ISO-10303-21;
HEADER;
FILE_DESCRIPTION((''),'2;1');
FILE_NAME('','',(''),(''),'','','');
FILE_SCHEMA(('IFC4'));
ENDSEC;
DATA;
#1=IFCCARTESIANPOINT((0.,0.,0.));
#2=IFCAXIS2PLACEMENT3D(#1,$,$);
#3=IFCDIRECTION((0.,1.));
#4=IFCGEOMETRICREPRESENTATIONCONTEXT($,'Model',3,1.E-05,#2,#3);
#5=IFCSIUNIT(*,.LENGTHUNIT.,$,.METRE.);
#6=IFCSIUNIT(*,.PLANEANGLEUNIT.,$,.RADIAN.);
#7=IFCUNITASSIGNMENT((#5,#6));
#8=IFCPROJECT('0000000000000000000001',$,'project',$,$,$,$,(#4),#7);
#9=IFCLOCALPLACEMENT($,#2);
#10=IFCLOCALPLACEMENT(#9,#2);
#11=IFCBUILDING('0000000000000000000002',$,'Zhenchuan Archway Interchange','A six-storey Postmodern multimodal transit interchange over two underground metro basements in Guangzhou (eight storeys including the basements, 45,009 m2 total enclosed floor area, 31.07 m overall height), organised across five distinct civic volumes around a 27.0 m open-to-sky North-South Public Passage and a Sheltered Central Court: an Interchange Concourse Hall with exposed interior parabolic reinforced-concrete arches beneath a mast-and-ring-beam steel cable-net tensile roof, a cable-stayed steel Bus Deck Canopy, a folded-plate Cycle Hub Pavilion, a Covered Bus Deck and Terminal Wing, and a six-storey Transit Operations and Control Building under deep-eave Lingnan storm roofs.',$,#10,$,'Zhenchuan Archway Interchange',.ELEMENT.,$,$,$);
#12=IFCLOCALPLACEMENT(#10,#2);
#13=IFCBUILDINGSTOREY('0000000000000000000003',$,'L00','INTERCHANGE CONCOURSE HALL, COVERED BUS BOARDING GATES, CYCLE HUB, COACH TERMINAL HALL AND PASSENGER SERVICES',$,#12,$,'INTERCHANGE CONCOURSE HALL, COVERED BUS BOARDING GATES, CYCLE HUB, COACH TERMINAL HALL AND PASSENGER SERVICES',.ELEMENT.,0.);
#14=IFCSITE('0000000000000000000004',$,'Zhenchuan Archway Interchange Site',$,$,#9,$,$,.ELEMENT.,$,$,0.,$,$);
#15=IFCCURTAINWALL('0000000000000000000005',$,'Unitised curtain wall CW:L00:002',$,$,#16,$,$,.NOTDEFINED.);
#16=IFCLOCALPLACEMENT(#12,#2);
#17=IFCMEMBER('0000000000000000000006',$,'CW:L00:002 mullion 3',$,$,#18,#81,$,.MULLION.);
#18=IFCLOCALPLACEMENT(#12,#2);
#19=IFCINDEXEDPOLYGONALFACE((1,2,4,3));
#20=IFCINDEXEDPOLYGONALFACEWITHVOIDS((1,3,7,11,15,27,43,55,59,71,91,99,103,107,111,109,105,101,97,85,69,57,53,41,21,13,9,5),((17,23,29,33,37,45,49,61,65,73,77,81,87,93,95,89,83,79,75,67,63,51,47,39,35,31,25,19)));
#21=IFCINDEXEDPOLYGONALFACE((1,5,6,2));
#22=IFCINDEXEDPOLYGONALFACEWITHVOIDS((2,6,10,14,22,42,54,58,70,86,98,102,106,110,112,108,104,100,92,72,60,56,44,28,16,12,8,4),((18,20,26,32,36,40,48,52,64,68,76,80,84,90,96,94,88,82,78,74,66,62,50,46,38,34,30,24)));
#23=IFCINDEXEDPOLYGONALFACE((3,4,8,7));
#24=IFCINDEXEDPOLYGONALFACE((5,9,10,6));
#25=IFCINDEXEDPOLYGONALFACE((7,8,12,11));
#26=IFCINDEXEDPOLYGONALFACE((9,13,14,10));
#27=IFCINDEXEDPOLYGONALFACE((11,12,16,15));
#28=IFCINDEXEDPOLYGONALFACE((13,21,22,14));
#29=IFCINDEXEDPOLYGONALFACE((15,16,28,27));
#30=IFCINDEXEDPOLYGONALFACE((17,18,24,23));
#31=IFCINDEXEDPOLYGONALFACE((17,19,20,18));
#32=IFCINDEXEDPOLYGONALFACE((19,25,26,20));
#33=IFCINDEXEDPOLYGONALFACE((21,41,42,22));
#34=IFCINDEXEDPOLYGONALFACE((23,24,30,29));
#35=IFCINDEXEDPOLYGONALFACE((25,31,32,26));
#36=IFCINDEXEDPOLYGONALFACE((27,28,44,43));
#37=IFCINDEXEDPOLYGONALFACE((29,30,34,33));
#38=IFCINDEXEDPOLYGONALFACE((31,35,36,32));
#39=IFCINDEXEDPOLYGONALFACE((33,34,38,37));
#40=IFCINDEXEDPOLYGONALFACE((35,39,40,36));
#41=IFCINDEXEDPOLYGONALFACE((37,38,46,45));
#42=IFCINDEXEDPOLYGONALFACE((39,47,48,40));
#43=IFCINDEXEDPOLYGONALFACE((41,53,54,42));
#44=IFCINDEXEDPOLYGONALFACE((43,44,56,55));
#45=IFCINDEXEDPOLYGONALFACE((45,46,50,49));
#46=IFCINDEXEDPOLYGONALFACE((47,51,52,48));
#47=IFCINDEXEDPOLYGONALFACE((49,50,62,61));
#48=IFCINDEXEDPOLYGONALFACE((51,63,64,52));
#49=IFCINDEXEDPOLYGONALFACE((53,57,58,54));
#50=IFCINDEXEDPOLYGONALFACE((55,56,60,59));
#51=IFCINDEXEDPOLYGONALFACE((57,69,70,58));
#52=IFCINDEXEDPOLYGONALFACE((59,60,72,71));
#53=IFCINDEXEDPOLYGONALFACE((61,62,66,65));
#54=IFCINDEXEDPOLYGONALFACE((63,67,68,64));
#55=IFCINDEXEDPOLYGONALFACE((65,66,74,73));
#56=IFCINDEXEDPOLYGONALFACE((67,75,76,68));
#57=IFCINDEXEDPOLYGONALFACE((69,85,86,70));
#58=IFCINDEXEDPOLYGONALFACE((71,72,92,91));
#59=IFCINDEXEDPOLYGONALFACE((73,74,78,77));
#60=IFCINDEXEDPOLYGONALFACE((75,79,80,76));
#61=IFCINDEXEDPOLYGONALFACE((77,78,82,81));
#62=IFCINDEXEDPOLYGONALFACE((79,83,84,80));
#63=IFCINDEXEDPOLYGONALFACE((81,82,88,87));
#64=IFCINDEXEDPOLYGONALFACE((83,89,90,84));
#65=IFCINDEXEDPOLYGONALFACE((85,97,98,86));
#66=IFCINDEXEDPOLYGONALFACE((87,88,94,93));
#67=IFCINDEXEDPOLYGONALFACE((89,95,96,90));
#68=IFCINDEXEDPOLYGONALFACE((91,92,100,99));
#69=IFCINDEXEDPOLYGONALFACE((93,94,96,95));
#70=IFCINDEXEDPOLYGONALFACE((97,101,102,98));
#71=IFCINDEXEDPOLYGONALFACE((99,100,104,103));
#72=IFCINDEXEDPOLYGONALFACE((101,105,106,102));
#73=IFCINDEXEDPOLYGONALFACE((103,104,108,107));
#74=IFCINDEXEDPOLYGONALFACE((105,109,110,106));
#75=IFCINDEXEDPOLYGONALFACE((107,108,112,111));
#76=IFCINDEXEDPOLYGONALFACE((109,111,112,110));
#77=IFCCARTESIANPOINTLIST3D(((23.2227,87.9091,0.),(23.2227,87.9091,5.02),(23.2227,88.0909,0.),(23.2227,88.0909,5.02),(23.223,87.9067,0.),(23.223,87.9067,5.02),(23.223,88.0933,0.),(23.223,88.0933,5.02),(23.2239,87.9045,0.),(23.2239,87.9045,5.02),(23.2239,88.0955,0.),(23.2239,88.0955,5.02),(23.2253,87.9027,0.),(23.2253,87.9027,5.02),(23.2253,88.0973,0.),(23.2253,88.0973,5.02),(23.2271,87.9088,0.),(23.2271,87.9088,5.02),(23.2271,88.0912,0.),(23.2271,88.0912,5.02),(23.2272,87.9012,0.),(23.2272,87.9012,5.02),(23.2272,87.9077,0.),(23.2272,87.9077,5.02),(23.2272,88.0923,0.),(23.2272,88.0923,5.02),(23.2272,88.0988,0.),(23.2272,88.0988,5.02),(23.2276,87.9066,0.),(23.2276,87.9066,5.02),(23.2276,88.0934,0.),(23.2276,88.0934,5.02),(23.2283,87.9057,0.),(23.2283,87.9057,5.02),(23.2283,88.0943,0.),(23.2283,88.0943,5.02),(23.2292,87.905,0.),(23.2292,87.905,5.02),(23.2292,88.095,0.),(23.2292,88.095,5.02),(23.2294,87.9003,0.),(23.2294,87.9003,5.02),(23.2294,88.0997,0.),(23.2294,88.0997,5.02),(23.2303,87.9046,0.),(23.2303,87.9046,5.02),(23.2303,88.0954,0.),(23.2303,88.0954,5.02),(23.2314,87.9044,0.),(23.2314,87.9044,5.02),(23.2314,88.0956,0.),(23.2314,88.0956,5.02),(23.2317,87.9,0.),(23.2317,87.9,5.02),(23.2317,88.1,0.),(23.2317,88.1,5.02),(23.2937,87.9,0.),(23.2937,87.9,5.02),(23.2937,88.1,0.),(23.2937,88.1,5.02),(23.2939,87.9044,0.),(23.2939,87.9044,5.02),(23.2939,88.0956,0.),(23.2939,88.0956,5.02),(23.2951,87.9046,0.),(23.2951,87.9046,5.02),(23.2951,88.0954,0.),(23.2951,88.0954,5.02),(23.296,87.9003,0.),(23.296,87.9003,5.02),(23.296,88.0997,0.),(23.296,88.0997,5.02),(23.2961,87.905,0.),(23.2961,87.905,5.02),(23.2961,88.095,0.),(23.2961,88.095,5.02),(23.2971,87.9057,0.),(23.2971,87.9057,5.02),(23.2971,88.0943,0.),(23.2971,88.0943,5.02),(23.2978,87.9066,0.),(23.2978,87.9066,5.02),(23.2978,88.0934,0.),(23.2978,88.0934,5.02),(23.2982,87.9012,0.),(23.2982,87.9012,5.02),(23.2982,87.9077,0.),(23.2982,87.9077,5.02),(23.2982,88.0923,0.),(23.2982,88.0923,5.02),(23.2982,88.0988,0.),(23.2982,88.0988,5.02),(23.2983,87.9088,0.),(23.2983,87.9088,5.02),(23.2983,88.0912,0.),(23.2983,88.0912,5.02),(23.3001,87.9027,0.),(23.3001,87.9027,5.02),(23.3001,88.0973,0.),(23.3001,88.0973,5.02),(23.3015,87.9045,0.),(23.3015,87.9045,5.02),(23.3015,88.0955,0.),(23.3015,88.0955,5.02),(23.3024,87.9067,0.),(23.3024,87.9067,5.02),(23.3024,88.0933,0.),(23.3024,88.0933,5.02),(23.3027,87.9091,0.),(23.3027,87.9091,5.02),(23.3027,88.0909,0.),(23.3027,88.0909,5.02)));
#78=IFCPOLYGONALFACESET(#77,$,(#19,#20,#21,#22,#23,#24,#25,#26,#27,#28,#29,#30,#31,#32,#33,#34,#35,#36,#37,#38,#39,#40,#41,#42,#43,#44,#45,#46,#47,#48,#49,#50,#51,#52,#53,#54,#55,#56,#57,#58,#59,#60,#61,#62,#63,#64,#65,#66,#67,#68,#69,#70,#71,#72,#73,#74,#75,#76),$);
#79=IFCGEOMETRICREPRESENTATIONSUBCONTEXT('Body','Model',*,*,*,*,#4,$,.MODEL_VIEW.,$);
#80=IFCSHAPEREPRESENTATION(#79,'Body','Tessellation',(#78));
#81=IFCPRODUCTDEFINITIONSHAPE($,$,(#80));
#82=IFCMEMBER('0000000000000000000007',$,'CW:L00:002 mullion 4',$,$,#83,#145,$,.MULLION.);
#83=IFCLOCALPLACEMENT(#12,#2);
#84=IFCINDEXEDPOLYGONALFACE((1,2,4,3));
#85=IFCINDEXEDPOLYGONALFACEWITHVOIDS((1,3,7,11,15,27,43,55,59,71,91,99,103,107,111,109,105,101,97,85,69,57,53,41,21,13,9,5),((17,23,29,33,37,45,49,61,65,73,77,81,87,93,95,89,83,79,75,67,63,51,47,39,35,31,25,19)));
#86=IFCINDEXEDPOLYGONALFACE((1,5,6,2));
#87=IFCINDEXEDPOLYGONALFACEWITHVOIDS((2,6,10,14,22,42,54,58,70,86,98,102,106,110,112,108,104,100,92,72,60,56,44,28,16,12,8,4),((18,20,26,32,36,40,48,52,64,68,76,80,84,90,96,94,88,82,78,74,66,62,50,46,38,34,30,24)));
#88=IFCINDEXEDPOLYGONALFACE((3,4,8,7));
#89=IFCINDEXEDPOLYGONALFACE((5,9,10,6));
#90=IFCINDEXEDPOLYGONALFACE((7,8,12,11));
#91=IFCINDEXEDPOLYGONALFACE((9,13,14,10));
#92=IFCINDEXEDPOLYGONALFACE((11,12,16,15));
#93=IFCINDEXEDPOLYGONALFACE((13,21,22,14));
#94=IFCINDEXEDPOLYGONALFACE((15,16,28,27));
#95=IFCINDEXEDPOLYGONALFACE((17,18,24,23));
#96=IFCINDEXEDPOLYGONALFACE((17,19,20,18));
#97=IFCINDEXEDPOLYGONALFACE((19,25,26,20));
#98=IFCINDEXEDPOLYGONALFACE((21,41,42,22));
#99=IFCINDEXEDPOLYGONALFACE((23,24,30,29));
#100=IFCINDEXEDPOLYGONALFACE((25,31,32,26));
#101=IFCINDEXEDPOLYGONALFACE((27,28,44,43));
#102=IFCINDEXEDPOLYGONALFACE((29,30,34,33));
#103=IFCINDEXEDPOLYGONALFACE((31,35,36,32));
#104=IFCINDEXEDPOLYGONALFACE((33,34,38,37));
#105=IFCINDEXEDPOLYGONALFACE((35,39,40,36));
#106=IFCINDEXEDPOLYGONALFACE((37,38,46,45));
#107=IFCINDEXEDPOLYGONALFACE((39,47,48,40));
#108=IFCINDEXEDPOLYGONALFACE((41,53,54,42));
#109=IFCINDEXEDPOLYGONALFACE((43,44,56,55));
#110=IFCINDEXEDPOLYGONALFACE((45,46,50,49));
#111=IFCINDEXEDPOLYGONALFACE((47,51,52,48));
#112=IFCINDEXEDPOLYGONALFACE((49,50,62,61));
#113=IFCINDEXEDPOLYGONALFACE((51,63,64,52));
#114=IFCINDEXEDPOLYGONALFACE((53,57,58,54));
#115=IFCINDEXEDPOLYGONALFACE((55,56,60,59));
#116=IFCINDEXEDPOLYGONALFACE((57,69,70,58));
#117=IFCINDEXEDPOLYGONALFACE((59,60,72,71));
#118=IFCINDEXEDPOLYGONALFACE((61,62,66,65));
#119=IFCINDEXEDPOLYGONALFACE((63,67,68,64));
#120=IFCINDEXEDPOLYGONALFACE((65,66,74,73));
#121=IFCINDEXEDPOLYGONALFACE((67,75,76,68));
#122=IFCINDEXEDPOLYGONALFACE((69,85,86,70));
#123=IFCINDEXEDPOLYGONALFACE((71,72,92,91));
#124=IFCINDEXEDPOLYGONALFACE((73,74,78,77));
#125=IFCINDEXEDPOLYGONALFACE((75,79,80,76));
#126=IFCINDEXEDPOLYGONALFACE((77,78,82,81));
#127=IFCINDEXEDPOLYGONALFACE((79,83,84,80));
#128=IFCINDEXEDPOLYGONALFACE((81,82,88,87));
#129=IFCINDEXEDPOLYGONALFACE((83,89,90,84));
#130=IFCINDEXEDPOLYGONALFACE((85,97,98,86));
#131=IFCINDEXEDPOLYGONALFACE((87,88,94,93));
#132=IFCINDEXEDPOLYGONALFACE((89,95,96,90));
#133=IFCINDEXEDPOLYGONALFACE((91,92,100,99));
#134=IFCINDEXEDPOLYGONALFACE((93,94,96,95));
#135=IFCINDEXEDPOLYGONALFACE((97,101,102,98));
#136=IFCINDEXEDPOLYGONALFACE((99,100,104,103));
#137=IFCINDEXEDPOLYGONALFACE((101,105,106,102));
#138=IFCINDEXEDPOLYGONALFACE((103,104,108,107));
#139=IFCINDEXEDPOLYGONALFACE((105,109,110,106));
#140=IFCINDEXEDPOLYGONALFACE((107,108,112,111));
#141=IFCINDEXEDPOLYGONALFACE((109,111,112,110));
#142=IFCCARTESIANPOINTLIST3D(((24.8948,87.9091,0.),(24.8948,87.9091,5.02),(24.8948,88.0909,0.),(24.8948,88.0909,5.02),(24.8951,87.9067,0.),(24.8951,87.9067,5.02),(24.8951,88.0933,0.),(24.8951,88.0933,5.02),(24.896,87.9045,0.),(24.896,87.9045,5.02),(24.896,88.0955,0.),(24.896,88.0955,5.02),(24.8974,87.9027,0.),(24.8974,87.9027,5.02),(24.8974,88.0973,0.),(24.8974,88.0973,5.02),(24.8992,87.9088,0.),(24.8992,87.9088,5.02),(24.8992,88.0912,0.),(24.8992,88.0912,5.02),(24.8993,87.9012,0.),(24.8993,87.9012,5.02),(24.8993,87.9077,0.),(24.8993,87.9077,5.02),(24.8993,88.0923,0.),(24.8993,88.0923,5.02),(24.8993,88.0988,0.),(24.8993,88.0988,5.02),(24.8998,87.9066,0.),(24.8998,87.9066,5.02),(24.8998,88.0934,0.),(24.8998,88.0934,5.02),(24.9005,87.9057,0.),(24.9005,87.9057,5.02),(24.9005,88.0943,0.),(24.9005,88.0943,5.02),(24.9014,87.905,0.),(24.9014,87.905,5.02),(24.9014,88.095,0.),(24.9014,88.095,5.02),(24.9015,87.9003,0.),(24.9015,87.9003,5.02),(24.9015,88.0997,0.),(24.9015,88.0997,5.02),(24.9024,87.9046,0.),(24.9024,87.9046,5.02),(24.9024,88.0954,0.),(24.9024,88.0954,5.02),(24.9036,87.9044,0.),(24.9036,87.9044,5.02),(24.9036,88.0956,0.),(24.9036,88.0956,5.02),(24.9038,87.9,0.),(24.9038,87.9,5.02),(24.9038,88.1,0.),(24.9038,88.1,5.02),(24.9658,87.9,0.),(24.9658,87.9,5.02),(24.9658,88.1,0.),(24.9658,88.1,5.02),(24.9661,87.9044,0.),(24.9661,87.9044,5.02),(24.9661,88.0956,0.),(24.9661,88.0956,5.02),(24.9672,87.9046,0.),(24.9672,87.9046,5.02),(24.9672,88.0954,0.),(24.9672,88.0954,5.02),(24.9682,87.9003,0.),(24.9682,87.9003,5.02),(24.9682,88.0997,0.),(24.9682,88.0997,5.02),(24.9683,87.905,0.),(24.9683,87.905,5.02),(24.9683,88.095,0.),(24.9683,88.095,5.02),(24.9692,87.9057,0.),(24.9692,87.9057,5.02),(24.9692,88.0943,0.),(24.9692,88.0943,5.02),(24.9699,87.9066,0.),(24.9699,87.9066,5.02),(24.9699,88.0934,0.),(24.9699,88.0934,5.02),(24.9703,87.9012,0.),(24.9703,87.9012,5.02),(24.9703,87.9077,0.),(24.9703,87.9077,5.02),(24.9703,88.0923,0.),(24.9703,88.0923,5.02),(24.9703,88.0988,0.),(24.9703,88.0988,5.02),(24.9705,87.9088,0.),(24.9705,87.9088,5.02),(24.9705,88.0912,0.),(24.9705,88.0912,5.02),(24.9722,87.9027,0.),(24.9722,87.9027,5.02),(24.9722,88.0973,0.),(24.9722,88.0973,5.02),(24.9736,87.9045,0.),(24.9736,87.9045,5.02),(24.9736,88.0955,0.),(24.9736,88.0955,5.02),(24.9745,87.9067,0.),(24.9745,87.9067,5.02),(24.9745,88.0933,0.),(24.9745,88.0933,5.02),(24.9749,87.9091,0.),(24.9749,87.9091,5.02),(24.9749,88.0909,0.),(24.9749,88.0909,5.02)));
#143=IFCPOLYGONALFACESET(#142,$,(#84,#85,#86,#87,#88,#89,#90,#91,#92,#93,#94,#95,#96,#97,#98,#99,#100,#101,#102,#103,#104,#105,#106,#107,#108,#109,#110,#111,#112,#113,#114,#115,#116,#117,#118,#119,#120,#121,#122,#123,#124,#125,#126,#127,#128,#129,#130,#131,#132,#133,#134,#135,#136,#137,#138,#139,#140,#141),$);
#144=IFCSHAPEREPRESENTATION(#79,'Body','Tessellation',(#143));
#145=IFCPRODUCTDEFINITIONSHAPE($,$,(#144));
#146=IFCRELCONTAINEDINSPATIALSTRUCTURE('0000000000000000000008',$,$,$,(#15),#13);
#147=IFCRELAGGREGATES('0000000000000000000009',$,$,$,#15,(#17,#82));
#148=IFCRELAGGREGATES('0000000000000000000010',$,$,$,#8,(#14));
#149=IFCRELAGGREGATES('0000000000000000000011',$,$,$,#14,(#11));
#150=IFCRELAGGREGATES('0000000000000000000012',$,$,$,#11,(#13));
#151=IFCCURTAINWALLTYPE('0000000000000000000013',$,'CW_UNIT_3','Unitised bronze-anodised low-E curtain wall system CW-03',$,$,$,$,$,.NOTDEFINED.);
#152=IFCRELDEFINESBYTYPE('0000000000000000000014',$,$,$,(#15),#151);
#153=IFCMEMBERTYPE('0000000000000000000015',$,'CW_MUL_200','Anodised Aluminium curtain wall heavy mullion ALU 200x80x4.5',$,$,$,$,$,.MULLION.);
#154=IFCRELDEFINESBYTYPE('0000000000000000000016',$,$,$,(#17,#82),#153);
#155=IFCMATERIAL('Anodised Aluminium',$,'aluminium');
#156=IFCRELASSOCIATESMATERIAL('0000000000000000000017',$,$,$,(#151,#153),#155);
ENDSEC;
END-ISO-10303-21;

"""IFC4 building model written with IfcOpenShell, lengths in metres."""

from ifc_helpers import new_model, si_unit, direction, frame, origin, origin_2d, place, context, subcontext, project, spatial, hollow_rectangle, extrude, material, material_profile, profile_set, type_object, element, aggregate, save


model = new_model("IFC4")

# Units and contexts
model_context = context("Model", 3, precision=1e-05, world=origin(), true_north=direction((0.0, 1.0)))
body_context = subcontext(model_context, "Body", "Model", "MODEL_VIEW")
ifc_project = project(units=[si_unit("LENGTHUNIT", "METRE"), si_unit("PLANEANGLEUNIT", "RADIAN")], contexts=[model_context])

# Site, building, storey
site_placement = place(None, origin())
site = spatial("IfcSite", under=ifc_project, at=site_placement, Name="Zhenchuan Archway Interchange Site", CompositionType="ELEMENT", RefElevation=0.0)
building_placement = place(site_placement, origin())
building = spatial("IfcBuilding", under=site, at=building_placement, Name="Zhenchuan Archway Interchange", Description="A six-storey Postmodern multimodal transit interchange over two underground metro basements in Guangzhou (eight storeys including the basements, 45,009 m2 total enclosed floor area, 31.07 m overall height), organised across five distinct civic volumes around a 27.0 m open-to-sky North-South Public Passage and a Sheltered Central Court: an Interchange Concourse Hall with exposed interior parabolic reinforced-concrete arches beneath a mast-and-ring-beam steel cable-net tensile roof, a cable-stayed steel Bus Deck Canopy, a folded-plate Cycle Hub Pavilion, a Covered Bus Deck and Terminal Wing, and a six-storey Transit Operations and Control Building under deep-eave Lingnan storm roofs.", LongName="Zhenchuan Archway Interchange", CompositionType="ELEMENT")
storey_placement = place(building_placement, origin())
storey = spatial("IfcBuildingStorey", under=building, at=storey_placement, Name="L00", Description="INTERCHANGE CONCOURSE HALL, COVERED BUS BOARDING GATES, CYCLE HUB, COACH TERMINAL HALL AND PASSENGER SERVICES", LongName="INTERCHANGE CONCOURSE HALL, COVERED BUS BOARDING GATES, CYCLE HUB, COACH TERMINAL HALL AND PASSENGER SERVICES", CompositionType="ELEMENT", Elevation=0.0)

# Curtain wall, members
ifc_material_1 = material(Name="Anodised Aluminium", Category="aluminium")
curtain_wall_type = type_object("IfcCurtainWallType", Name="CW_UNIT_3", Description="Unitised bronze-anodised low-E curtain wall system CW-03", PredefinedType="NOTDEFINED", material=ifc_material_1)
curtain_wall_placement = place(storey_placement, origin())
curtain_wall = element("IfcCurtainWall", 1, at=curtain_wall_placement, inside=storey, type_object=curtain_wall_type, Name="Unitised curtain wall CW:L00:002", PredefinedType="NOTDEFINED")
ifc_material_profile_1 = material_profile(ifc_material_1, hollow_rectangle(XDim=0.0801, YDim=0.2, WallThickness=0.0044, InnerFilletRadius=0.0044, OuterFilletRadius=0.009, at=origin_2d()), Name="ALU 200x80x4.5")
ifc_profile_set_1 = profile_set([ifc_material_profile_1], Name="Anodised Aluminium")
member_type_1 = type_object("IfcMemberType", Name="CW_MUL_200", Description="Anodised Aluminium curtain wall heavy mullion ALU 200x80x4.5", PredefinedType="MULLION", material=ifc_profile_set_1)
member_1_placement = place(storey_placement, frame((23.2627, 88.0, 0.0), z_axis=(0.0, 0.0, 1.0), x_axis=(1.0, 0.0, 0.0)))
member_1 = element("IfcMember", 2, at=member_1_placement, type_object=member_type_1, Name="CW:L00:002 mullion 3", PredefinedType="MULLION", context=body_context, shape_type="SweptSolid", body=[
    extrude(hollow_rectangle(XDim=0.0801, YDim=0.2, WallThickness=0.0044, InnerFilletRadius=0.0044, OuterFilletRadius=0.009, at=origin_2d()), origin(), (0.0, 0.0, 1.0), 5.02),
])
member_2_placement = place(storey_placement, frame((24.9348, 88.0, 0.0), z_axis=(0.0, 0.0, 1.0), x_axis=(1.0, 0.0, 0.0)))
member_2 = element("IfcMember", 3, at=member_2_placement, type_object=member_type_1, Name="CW:L00:002 mullion 4", PredefinedType="MULLION", context=body_context, shape_type="SweptSolid", body=[
    extrude(hollow_rectangle(XDim=0.0801, YDim=0.2, WallThickness=0.0044, InnerFilletRadius=0.0044, OuterFilletRadius=0.009, at=origin_2d()), origin(), (0.0, 0.0, 1.0), 5.02),
])
aggregate(curtain_wall, [member_1, member_2])

save(model, "model.ifc")
